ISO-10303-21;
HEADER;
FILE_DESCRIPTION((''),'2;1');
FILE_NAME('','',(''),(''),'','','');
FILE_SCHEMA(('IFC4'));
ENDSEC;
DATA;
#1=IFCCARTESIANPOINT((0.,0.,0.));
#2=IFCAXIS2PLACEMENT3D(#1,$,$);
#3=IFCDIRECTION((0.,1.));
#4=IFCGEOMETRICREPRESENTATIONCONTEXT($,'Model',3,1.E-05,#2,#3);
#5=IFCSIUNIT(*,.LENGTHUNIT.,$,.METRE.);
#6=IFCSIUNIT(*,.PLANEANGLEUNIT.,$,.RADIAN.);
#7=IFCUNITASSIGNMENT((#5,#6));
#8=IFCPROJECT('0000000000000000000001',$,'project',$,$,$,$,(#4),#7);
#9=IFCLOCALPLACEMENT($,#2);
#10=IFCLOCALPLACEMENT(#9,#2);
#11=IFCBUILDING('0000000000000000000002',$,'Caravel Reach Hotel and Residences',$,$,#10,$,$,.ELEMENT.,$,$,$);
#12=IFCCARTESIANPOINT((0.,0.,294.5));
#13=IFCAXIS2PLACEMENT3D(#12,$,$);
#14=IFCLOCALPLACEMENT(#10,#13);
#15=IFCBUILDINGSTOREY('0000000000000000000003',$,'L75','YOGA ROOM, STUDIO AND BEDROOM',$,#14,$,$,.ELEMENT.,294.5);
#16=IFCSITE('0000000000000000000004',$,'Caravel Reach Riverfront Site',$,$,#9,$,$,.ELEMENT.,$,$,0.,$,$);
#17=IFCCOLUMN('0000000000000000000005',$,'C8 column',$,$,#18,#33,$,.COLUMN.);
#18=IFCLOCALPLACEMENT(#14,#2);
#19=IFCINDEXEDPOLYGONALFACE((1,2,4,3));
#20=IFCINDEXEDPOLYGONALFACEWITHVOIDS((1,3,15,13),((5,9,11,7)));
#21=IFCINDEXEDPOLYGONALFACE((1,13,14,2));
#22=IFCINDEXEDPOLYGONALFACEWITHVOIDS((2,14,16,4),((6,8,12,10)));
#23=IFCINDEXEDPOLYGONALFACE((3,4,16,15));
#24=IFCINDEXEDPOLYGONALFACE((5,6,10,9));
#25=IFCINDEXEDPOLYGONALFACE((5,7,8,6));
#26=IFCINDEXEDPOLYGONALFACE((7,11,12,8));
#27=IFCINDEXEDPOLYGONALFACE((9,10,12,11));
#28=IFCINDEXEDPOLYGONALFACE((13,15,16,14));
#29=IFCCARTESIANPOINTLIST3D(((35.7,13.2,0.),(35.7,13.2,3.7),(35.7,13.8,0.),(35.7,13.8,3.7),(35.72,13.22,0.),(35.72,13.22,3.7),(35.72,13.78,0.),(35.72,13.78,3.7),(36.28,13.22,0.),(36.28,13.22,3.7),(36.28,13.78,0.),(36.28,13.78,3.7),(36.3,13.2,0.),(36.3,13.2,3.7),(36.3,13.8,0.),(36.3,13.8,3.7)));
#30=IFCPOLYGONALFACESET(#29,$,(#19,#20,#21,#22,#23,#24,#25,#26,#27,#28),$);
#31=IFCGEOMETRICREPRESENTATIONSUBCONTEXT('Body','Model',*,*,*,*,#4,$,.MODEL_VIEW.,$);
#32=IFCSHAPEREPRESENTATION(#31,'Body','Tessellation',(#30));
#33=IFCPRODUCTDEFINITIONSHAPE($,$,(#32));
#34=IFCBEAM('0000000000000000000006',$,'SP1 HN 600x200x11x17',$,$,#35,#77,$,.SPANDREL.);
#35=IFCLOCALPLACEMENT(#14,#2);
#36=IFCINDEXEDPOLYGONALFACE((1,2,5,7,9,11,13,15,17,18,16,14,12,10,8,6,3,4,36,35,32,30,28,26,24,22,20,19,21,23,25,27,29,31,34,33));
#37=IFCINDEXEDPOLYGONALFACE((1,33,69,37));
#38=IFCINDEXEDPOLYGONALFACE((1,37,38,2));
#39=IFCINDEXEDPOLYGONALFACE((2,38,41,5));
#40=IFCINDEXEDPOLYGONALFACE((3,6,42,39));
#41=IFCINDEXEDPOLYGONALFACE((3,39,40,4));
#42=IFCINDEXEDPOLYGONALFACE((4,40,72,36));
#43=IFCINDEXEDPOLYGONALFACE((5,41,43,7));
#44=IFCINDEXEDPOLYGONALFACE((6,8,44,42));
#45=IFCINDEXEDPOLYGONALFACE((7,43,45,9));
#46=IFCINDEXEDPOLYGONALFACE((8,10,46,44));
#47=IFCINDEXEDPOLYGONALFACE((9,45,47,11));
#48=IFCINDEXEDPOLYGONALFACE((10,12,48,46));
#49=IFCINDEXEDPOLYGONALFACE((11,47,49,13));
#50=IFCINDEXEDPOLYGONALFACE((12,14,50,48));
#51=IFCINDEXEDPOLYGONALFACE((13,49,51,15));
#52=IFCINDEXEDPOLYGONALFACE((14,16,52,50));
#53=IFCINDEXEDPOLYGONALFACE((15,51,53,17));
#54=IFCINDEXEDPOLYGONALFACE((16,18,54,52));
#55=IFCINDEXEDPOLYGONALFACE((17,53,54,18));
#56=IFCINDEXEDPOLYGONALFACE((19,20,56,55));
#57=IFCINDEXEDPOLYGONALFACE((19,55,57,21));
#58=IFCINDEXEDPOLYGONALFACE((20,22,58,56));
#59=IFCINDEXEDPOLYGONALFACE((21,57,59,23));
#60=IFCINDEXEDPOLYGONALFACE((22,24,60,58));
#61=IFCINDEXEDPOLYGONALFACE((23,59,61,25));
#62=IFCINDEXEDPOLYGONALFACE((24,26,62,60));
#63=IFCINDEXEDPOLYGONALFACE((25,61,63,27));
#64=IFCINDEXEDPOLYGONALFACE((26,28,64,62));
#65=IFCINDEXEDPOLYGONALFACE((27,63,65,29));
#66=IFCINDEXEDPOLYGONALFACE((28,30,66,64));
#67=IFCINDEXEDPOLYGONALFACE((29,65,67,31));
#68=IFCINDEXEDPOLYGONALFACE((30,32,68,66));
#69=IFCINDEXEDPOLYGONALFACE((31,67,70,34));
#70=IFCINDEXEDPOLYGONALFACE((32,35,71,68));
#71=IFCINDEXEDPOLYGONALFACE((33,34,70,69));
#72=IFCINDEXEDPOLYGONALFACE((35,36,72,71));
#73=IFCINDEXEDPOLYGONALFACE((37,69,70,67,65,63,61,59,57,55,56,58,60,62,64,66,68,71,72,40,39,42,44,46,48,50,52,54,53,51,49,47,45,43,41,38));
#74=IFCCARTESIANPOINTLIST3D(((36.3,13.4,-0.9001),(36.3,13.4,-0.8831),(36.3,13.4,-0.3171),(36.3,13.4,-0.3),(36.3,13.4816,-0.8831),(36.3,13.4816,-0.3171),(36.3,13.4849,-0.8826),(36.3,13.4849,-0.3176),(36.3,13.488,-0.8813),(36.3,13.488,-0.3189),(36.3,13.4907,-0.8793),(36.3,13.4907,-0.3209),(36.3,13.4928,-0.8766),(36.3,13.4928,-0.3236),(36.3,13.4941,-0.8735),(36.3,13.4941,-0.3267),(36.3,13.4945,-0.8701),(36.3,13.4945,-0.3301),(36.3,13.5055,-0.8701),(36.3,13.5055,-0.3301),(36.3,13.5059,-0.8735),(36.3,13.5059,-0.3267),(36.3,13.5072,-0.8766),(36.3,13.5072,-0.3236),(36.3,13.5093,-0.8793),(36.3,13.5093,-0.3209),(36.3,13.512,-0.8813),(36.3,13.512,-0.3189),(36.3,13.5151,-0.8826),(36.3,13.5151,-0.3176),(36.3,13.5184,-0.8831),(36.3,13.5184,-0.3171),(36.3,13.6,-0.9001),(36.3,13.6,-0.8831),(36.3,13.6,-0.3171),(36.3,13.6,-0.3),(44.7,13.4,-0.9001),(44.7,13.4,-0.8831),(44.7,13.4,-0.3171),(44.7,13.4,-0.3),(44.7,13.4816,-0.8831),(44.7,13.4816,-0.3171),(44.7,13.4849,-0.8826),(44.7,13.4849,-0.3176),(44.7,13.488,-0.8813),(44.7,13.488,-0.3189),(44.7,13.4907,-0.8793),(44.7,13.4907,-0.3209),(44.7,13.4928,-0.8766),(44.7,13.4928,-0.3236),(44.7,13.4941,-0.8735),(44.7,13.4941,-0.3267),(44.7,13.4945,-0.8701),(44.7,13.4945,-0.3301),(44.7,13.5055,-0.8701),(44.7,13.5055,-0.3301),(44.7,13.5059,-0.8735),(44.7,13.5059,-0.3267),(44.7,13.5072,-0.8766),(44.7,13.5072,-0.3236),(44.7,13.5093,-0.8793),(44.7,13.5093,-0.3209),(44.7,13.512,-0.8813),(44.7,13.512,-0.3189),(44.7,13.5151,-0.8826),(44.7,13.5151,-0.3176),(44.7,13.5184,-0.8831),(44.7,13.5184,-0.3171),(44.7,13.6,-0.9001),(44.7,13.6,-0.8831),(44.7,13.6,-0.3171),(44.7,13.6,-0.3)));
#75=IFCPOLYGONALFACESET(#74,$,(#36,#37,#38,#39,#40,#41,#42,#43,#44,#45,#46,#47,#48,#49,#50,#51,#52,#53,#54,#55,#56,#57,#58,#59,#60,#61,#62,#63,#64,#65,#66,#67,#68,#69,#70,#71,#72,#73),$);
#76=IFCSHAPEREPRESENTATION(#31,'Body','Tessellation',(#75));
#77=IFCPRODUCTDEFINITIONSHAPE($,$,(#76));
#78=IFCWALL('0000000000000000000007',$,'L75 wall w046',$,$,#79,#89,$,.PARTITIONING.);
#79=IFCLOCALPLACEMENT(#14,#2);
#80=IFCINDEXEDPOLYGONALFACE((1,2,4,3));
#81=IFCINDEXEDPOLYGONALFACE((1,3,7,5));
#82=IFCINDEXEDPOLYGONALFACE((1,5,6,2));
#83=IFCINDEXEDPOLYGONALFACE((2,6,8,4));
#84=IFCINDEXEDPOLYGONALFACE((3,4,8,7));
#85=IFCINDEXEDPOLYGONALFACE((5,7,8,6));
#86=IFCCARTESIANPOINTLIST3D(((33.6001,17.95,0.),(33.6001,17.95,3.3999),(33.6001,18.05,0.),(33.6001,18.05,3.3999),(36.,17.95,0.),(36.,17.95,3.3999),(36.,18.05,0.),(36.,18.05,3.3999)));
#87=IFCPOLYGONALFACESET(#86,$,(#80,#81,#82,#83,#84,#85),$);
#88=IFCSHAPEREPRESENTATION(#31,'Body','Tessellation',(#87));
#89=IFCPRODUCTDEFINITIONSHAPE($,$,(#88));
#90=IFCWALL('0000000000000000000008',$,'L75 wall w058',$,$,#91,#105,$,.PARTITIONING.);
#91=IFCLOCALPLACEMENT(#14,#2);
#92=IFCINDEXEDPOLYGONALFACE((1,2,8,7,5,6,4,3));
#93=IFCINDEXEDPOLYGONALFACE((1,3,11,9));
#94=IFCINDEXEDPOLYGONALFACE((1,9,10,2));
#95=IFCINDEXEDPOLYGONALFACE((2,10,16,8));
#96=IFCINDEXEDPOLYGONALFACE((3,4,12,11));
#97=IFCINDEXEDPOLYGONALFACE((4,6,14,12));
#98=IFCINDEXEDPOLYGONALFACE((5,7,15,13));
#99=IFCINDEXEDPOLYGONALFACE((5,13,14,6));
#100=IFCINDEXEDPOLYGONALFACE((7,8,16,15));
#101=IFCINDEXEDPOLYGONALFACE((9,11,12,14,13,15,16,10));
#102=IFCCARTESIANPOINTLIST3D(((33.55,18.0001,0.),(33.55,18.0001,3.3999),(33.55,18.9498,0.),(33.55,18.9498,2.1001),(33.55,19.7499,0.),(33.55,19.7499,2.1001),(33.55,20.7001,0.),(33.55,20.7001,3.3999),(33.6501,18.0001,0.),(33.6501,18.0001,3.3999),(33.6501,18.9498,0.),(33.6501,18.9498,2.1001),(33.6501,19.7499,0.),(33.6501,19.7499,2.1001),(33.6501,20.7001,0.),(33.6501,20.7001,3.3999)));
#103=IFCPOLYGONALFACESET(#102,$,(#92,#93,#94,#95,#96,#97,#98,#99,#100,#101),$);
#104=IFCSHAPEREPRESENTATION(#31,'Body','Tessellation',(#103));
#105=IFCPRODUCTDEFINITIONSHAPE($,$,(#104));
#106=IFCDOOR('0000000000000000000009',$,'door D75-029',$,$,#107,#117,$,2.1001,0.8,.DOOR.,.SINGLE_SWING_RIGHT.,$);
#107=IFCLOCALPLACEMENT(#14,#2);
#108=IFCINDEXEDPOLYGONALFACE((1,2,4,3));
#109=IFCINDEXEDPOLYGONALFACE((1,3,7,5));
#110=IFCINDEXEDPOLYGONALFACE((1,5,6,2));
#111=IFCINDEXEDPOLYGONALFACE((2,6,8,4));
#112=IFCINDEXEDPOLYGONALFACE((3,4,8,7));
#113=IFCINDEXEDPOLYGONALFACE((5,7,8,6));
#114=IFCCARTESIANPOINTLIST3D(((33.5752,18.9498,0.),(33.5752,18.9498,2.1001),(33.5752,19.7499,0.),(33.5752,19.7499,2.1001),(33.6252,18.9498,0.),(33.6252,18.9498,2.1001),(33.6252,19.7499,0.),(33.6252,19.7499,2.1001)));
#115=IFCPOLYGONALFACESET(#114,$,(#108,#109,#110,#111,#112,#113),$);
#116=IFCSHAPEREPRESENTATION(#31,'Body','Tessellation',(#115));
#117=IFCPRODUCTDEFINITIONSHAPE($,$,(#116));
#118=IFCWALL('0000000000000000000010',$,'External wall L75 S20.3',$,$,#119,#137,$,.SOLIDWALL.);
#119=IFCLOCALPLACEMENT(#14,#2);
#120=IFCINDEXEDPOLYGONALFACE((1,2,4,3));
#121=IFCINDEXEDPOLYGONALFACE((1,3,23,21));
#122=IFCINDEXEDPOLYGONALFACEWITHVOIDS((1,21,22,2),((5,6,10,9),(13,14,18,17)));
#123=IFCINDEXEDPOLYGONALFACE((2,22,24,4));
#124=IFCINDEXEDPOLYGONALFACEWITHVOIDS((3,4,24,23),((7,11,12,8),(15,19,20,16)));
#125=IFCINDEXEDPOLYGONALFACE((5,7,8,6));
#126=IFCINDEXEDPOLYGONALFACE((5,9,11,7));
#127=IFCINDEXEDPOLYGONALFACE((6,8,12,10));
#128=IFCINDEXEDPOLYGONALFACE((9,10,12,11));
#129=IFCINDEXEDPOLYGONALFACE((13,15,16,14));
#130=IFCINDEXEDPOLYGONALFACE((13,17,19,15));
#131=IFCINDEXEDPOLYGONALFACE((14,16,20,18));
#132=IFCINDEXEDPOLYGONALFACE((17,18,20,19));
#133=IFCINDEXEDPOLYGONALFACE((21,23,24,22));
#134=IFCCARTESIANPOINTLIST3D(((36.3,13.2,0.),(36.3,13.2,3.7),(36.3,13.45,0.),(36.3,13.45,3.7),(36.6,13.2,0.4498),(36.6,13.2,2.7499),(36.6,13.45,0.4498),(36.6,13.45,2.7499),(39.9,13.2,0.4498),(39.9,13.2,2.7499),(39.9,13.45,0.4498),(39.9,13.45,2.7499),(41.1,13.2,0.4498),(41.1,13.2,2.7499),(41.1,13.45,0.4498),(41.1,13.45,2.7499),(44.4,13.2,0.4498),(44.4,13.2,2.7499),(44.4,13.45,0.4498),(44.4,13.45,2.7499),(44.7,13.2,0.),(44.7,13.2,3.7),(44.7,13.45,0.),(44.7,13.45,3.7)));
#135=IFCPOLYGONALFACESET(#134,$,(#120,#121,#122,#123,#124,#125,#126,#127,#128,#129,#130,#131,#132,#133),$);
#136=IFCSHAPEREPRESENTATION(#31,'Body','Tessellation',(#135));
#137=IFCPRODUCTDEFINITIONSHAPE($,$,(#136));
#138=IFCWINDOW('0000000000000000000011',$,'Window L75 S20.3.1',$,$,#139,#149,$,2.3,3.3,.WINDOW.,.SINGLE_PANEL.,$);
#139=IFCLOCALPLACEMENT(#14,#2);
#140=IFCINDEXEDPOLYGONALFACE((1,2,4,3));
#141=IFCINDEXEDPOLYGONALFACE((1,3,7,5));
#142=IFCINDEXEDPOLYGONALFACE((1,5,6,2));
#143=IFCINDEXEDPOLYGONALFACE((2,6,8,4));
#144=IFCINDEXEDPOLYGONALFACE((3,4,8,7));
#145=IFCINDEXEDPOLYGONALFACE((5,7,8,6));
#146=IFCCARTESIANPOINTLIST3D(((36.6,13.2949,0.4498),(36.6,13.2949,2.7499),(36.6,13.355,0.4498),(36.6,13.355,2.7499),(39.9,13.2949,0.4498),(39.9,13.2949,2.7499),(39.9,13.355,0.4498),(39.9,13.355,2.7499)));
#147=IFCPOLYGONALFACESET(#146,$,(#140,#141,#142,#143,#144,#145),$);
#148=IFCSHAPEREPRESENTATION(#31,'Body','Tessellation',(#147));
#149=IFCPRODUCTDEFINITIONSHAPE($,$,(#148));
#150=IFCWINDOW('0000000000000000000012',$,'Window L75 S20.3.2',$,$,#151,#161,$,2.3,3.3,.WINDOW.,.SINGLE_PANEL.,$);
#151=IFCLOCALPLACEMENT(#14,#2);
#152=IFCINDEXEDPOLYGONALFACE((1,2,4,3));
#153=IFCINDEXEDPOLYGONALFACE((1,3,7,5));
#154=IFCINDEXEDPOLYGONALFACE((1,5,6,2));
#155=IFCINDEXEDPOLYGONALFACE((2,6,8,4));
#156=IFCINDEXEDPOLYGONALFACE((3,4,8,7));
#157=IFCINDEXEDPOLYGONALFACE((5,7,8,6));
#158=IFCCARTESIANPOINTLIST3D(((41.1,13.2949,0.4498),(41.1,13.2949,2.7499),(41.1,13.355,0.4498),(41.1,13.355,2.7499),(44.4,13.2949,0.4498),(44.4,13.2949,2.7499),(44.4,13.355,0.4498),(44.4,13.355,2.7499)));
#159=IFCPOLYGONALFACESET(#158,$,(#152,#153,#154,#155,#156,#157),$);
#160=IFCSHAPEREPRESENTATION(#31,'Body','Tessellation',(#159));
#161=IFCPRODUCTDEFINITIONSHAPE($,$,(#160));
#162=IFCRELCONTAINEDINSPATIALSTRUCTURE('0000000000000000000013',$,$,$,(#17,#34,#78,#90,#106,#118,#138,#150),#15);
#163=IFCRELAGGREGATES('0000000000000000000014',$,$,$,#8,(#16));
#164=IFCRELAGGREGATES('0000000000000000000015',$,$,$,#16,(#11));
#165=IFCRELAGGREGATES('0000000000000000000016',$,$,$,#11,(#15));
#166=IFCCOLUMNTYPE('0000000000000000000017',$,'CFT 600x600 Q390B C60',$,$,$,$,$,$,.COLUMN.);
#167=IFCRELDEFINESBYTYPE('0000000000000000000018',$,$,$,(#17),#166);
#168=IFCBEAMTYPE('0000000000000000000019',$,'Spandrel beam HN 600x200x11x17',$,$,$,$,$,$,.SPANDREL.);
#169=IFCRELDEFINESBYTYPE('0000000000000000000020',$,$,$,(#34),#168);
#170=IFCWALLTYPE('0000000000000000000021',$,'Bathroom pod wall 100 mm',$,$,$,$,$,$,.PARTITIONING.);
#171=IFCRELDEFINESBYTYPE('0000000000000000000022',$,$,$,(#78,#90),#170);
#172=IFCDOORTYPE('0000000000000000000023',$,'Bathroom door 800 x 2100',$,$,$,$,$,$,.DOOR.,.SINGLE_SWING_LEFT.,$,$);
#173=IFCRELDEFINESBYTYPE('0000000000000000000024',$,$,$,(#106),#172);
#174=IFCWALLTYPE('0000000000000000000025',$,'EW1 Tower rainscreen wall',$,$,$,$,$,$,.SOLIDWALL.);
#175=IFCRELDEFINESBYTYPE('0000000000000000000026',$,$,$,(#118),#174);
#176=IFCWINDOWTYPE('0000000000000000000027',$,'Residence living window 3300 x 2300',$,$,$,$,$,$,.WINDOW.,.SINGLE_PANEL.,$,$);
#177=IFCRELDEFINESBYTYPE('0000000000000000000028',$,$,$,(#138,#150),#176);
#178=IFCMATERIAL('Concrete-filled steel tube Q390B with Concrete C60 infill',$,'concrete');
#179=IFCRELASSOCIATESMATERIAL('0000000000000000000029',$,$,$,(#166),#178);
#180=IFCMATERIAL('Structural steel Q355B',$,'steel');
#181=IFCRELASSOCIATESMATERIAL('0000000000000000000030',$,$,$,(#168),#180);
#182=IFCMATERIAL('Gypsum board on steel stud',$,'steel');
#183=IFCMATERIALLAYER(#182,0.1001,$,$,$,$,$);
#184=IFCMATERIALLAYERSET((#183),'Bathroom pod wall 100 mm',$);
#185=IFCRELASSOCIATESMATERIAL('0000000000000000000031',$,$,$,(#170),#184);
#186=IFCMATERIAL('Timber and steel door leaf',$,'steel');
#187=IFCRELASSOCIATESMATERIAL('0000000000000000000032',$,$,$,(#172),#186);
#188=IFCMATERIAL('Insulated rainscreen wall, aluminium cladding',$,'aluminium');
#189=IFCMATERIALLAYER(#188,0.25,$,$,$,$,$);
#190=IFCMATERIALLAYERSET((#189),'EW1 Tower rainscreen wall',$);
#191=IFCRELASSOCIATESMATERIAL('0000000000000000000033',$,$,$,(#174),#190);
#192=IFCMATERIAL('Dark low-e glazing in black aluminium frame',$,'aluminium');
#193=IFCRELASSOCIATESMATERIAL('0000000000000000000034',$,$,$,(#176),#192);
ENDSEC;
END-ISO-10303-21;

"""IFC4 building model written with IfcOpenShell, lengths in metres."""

from ifc_helpers import new_model, si_unit, direction, frame, frame_2d, origin, origin_2d, place, context, subcontext, project, spatial, rectangle, hollow_rectangle, i_section, extrude, material, layer, layer_set, material_profile, profile_set, type_object, element, fill, save


model = new_model("IFC4")

# Units and contexts
model_context = context("Model", 3, precision=1e-05, world=origin(), true_north=direction((0.0, 1.0)))
body_context = subcontext(model_context, "Body", "Model", "MODEL_VIEW")
ifc_project = project(units=[si_unit("LENGTHUNIT", "METRE"), si_unit("PLANEANGLEUNIT", "RADIAN")], contexts=[model_context])

# Site, building, storey
site_placement = place(None, origin())
site = spatial("IfcSite", under=ifc_project, at=site_placement, Name="Caravel Reach Riverfront Site", CompositionType="ELEMENT", RefElevation=0.0)
building_placement = place(site_placement, origin())
building = spatial("IfcBuilding", under=site, at=building_placement, Name="Caravel Reach Hotel and Residences", CompositionType="ELEMENT")
storey_placement = place(building_placement, frame((0.0, 0.0, 294.5)))
storey = spatial("IfcBuildingStorey", under=building, at=storey_placement, Name="L75", Description="YOGA ROOM, STUDIO AND BEDROOM", CompositionType="ELEMENT", Elevation=294.5)

# Column
ifc_material_1 = material(Name="Concrete-filled steel tube Q390B with Concrete C60 infill", Category="concrete")
ifc_material_profile_1 = material_profile(ifc_material_1, hollow_rectangle(XDim=0.6001, YDim=0.6001, WallThickness=0.02, at=origin_2d()), Name="RHS 600x600x20")
ifc_profile_set_1 = profile_set([ifc_material_profile_1], Name="Concrete-filled steel tube Q390B with Concrete C60 infill")
column_type = type_object("IfcColumnType", Name="CFT 600x600 Q390B C60", PredefinedType="COLUMN", material=ifc_profile_set_1)
column_placement = place(storey_placement, frame((36.0, 13.5, 0.0), z_axis=(0.0, 0.0, 1.0), x_axis=(1.0, 0.0, 0.0)))
element("IfcColumn", 1, at=column_placement, inside=storey, type_object=column_type, Name="C8 column", PredefinedType="COLUMN", context=body_context, shape_type="SweptSolid", body=[
    extrude(hollow_rectangle(XDim=0.6001, YDim=0.6001, WallThickness=0.02, at=origin_2d()), origin(), (0.0, 0.0, 1.0), 3.7),
])

# Beam
ifc_material_2 = material(Name="Structural steel Q355B", Category="steel")
ifc_material_profile_2 = material_profile(ifc_material_2, i_section(OverallWidth=0.2, OverallDepth=0.6001, WebThickness=0.011, FlangeThickness=0.0171, FilletRadius=0.0129, at=origin_2d()), Name="HN 600x200x11x17")
ifc_profile_set_2 = profile_set([ifc_material_profile_2], Name="Structural steel Q355B")
beam_type = type_object("IfcBeamType", Name="Spandrel beam HN 600x200x11x17", PredefinedType="SPANDREL", material=ifc_profile_set_2)
beam_placement = place(storey_placement, frame((36.3, 13.5, -0.6001), z_axis=(1.0, 0.0, 0.0), x_axis=(0.0, 1.0, 0.0)))
element("IfcBeam", 2, at=beam_placement, inside=storey, type_object=beam_type, Name="SP1 HN 600x200x11x17", PredefinedType="SPANDREL", context=body_context, shape_type="SweptSolid", body=[
    extrude(i_section(OverallWidth=0.2, OverallDepth=0.6001, WebThickness=0.011, FlangeThickness=0.0171, FilletRadius=0.0129, at=origin_2d()), origin(), (0.0, 0.0, 1.0), 8.3999),
])

# Wall
ifc_material_3 = material(Name="Gypsum board on steel stud", Category="steel")
ifc_layer_1 = layer(ifc_material_3, 0.1001)
ifc_layer_set_1 = layer_set([ifc_layer_1], Name="Bathroom pod wall 100 mm")
wall_type_1 = type_object("IfcWallType", Name="Bathroom pod wall 100 mm", PredefinedType="PARTITIONING", material=ifc_layer_set_1)
wall_1_placement = place(storey_placement, frame((33.6001, 18.0, 0.0), z_axis=(0.0, 0.0, 1.0), x_axis=(1.0, 0.0, 0.0)))
element("IfcWall", 3, at=wall_1_placement, inside=storey, type_object=wall_type_1, Name="L75 wall w046", PredefinedType="PARTITIONING", context=body_context, shape_type="SweptSolid", body=[
    extrude(rectangle(XDim=2.3999, YDim=0.1001, at=frame_2d((1.2, 0.0))), origin(), (0.0, 0.0, 1.0), 3.3999),
])

# Wall, opening, door
wall_2_placement = place(storey_placement, frame((33.6001, 18.0, 0.0), z_axis=(0.0, 0.0, 1.0), x_axis=(0.0, 1.0, 0.0)))
wall_2 = element("IfcWall", 4, at=wall_2_placement, inside=storey, type_object=wall_type_1, Name="L75 wall w058", PredefinedType="PARTITIONING", context=body_context, shape_type="SweptSolid", body=[
    extrude(rectangle(XDim=2.7, YDim=0.1001, at=frame_2d((1.3501, 0.0))), origin(), (0.0, 0.0, 1.0), 3.3999),
])
opening_1_placement = place(wall_2_placement, frame((0.95, 0.0, 0.0)))
opening_1 = element("IfcOpeningElement", 5, at=opening_1_placement, cuts=wall_2, PredefinedType="OPENING", context=body_context, shape_type="SweptSolid", body=[
    extrude(rectangle(XDim=0.8, YDim=2.1001, at=frame_2d((0.3999, 1.05))), frame((0.0, 0.0601, 0.0), z_axis=(0.0, -1.0, 0.0), x_axis=(1.0, 0.0, 0.0)), (0.0, 0.0, 1.0), 0.1201),
])
ifc_material_4 = material(Name="Timber and steel door leaf", Category="steel")
door_type_1 = type_object("IfcDoorType", Name="Bathroom door 800 x 2100", OperationType="SINGLE_SWING_LEFT", PredefinedType="DOOR", material=ifc_material_4)
door_1_placement = place(opening_1_placement, origin())
door_1 = element("IfcDoor", 6, at=door_1_placement, inside=storey, type_object=door_type_1, Name="door D75-029", OperationType="SINGLE_SWING_RIGHT", OverallHeight=2.1001, OverallWidth=0.8, PredefinedType="DOOR", context=body_context, shape_type="SweptSolid", body=[
    extrude(rectangle(XDim=0.8, YDim=2.1001, at=frame_2d((0.3999, 1.05))), frame((0.0, 0.0249, 0.0), z_axis=(0.0, -1.0, 0.0), x_axis=(1.0, 0.0, 0.0)), (0.0, 0.0, 1.0), 0.05),
])
fill(opening_1, door_1)

# Wall, openings, windows
ifc_material_5 = material(Name="Insulated rainscreen wall, aluminium cladding", Category="aluminium")
ifc_layer_2 = layer(ifc_material_5, 0.25)
ifc_layer_set_2 = layer_set([ifc_layer_2], Name="EW1 Tower rainscreen wall")
wall_type_2 = type_object("IfcWallType", Name="EW1 Tower rainscreen wall", PredefinedType="SOLIDWALL", material=ifc_layer_set_2)
wall_3_placement = place(storey_placement, frame((36.3, 13.325, 0.0), z_axis=(0.0, 0.0, 1.0), x_axis=(1.0, 0.0, 0.0)))
wall_3 = element("IfcWall", 7, at=wall_3_placement, inside=storey, type_object=wall_type_2, Name="External wall L75 S20.3", PredefinedType="SOLIDWALL", context=body_context, shape_type="SweptSolid", body=[
    extrude(rectangle(XDim=8.3999, YDim=0.25, at=frame_2d((4.2, 0.0))), origin(), (0.0, 0.0, 1.0), 3.7),
])
opening_2_placement = place(wall_3_placement, frame((0.3, 0.0, 0.45)))
opening_2 = element("IfcOpeningElement", 8, at=opening_2_placement, cuts=wall_3, PredefinedType="OPENING", context=body_context, shape_type="SweptSolid", body=[
    extrude(rectangle(XDim=3.3, YDim=2.3, at=frame_2d((1.6499, 1.1499))), frame((0.0, 0.135, 0.0), z_axis=(0.0, -1.0, 0.0), x_axis=(1.0, 0.0, 0.0)), (0.0, 0.0, 1.0), 0.27),
])
opening_3_placement = place(wall_3_placement, frame((4.8, 0.0, 0.45)))
opening_3 = element("IfcOpeningElement", 9, at=opening_3_placement, cuts=wall_3, PredefinedType="OPENING", context=body_context, shape_type="SweptSolid", body=[
    extrude(rectangle(XDim=3.3, YDim=2.3, at=frame_2d((1.6499, 1.1499))), frame((0.0, 0.135, 0.0), z_axis=(0.0, -1.0, 0.0), x_axis=(1.0, 0.0, 0.0)), (0.0, 0.0, 1.0), 0.27),
])
ifc_material_6 = material(Name="Dark low-e glazing in black aluminium frame", Category="aluminium")
window_type = type_object("IfcWindowType", Name="Residence living window 3300 x 2300", PartitioningType="SINGLE_PANEL", PredefinedType="WINDOW", material=ifc_material_6)
window_1_placement = place(opening_2_placement, origin())
window_1 = element("IfcWindow", 10, at=window_1_placement, inside=storey, type_object=window_type, Name="Window L75 S20.3.1", OverallHeight=2.3, OverallWidth=3.3, PartitioningType="SINGLE_PANEL", PredefinedType="WINDOW", context=body_context, shape_type="SweptSolid", body=[
    extrude(rectangle(XDim=3.3, YDim=2.3, at=frame_2d((1.6499, 1.1499))), frame((0.0, 0.03, 0.0), z_axis=(0.0, -1.0, 0.0), x_axis=(1.0, 0.0, 0.0)), (0.0, 0.0, 1.0), 0.0601),
])
fill(opening_2, window_1)
window_2_placement = place(opening_3_placement, origin())
window_2 = element("IfcWindow", 11, at=window_2_placement, inside=storey, type_object=window_type, Name="Window L75 S20.3.2", OverallHeight=2.3, OverallWidth=3.3, PartitioningType="SINGLE_PANEL", PredefinedType="WINDOW", context=body_context, shape_type="SweptSolid", body=[
    extrude(rectangle(XDim=3.3, YDim=2.3, at=frame_2d((1.6499, 1.1499))), frame((0.0, 0.03, 0.0), z_axis=(0.0, -1.0, 0.0), x_axis=(1.0, 0.0, 0.0)), (0.0, 0.0, 1.0), 0.0601),
])
fill(opening_3, window_2)

save(model, "model.ifc")
